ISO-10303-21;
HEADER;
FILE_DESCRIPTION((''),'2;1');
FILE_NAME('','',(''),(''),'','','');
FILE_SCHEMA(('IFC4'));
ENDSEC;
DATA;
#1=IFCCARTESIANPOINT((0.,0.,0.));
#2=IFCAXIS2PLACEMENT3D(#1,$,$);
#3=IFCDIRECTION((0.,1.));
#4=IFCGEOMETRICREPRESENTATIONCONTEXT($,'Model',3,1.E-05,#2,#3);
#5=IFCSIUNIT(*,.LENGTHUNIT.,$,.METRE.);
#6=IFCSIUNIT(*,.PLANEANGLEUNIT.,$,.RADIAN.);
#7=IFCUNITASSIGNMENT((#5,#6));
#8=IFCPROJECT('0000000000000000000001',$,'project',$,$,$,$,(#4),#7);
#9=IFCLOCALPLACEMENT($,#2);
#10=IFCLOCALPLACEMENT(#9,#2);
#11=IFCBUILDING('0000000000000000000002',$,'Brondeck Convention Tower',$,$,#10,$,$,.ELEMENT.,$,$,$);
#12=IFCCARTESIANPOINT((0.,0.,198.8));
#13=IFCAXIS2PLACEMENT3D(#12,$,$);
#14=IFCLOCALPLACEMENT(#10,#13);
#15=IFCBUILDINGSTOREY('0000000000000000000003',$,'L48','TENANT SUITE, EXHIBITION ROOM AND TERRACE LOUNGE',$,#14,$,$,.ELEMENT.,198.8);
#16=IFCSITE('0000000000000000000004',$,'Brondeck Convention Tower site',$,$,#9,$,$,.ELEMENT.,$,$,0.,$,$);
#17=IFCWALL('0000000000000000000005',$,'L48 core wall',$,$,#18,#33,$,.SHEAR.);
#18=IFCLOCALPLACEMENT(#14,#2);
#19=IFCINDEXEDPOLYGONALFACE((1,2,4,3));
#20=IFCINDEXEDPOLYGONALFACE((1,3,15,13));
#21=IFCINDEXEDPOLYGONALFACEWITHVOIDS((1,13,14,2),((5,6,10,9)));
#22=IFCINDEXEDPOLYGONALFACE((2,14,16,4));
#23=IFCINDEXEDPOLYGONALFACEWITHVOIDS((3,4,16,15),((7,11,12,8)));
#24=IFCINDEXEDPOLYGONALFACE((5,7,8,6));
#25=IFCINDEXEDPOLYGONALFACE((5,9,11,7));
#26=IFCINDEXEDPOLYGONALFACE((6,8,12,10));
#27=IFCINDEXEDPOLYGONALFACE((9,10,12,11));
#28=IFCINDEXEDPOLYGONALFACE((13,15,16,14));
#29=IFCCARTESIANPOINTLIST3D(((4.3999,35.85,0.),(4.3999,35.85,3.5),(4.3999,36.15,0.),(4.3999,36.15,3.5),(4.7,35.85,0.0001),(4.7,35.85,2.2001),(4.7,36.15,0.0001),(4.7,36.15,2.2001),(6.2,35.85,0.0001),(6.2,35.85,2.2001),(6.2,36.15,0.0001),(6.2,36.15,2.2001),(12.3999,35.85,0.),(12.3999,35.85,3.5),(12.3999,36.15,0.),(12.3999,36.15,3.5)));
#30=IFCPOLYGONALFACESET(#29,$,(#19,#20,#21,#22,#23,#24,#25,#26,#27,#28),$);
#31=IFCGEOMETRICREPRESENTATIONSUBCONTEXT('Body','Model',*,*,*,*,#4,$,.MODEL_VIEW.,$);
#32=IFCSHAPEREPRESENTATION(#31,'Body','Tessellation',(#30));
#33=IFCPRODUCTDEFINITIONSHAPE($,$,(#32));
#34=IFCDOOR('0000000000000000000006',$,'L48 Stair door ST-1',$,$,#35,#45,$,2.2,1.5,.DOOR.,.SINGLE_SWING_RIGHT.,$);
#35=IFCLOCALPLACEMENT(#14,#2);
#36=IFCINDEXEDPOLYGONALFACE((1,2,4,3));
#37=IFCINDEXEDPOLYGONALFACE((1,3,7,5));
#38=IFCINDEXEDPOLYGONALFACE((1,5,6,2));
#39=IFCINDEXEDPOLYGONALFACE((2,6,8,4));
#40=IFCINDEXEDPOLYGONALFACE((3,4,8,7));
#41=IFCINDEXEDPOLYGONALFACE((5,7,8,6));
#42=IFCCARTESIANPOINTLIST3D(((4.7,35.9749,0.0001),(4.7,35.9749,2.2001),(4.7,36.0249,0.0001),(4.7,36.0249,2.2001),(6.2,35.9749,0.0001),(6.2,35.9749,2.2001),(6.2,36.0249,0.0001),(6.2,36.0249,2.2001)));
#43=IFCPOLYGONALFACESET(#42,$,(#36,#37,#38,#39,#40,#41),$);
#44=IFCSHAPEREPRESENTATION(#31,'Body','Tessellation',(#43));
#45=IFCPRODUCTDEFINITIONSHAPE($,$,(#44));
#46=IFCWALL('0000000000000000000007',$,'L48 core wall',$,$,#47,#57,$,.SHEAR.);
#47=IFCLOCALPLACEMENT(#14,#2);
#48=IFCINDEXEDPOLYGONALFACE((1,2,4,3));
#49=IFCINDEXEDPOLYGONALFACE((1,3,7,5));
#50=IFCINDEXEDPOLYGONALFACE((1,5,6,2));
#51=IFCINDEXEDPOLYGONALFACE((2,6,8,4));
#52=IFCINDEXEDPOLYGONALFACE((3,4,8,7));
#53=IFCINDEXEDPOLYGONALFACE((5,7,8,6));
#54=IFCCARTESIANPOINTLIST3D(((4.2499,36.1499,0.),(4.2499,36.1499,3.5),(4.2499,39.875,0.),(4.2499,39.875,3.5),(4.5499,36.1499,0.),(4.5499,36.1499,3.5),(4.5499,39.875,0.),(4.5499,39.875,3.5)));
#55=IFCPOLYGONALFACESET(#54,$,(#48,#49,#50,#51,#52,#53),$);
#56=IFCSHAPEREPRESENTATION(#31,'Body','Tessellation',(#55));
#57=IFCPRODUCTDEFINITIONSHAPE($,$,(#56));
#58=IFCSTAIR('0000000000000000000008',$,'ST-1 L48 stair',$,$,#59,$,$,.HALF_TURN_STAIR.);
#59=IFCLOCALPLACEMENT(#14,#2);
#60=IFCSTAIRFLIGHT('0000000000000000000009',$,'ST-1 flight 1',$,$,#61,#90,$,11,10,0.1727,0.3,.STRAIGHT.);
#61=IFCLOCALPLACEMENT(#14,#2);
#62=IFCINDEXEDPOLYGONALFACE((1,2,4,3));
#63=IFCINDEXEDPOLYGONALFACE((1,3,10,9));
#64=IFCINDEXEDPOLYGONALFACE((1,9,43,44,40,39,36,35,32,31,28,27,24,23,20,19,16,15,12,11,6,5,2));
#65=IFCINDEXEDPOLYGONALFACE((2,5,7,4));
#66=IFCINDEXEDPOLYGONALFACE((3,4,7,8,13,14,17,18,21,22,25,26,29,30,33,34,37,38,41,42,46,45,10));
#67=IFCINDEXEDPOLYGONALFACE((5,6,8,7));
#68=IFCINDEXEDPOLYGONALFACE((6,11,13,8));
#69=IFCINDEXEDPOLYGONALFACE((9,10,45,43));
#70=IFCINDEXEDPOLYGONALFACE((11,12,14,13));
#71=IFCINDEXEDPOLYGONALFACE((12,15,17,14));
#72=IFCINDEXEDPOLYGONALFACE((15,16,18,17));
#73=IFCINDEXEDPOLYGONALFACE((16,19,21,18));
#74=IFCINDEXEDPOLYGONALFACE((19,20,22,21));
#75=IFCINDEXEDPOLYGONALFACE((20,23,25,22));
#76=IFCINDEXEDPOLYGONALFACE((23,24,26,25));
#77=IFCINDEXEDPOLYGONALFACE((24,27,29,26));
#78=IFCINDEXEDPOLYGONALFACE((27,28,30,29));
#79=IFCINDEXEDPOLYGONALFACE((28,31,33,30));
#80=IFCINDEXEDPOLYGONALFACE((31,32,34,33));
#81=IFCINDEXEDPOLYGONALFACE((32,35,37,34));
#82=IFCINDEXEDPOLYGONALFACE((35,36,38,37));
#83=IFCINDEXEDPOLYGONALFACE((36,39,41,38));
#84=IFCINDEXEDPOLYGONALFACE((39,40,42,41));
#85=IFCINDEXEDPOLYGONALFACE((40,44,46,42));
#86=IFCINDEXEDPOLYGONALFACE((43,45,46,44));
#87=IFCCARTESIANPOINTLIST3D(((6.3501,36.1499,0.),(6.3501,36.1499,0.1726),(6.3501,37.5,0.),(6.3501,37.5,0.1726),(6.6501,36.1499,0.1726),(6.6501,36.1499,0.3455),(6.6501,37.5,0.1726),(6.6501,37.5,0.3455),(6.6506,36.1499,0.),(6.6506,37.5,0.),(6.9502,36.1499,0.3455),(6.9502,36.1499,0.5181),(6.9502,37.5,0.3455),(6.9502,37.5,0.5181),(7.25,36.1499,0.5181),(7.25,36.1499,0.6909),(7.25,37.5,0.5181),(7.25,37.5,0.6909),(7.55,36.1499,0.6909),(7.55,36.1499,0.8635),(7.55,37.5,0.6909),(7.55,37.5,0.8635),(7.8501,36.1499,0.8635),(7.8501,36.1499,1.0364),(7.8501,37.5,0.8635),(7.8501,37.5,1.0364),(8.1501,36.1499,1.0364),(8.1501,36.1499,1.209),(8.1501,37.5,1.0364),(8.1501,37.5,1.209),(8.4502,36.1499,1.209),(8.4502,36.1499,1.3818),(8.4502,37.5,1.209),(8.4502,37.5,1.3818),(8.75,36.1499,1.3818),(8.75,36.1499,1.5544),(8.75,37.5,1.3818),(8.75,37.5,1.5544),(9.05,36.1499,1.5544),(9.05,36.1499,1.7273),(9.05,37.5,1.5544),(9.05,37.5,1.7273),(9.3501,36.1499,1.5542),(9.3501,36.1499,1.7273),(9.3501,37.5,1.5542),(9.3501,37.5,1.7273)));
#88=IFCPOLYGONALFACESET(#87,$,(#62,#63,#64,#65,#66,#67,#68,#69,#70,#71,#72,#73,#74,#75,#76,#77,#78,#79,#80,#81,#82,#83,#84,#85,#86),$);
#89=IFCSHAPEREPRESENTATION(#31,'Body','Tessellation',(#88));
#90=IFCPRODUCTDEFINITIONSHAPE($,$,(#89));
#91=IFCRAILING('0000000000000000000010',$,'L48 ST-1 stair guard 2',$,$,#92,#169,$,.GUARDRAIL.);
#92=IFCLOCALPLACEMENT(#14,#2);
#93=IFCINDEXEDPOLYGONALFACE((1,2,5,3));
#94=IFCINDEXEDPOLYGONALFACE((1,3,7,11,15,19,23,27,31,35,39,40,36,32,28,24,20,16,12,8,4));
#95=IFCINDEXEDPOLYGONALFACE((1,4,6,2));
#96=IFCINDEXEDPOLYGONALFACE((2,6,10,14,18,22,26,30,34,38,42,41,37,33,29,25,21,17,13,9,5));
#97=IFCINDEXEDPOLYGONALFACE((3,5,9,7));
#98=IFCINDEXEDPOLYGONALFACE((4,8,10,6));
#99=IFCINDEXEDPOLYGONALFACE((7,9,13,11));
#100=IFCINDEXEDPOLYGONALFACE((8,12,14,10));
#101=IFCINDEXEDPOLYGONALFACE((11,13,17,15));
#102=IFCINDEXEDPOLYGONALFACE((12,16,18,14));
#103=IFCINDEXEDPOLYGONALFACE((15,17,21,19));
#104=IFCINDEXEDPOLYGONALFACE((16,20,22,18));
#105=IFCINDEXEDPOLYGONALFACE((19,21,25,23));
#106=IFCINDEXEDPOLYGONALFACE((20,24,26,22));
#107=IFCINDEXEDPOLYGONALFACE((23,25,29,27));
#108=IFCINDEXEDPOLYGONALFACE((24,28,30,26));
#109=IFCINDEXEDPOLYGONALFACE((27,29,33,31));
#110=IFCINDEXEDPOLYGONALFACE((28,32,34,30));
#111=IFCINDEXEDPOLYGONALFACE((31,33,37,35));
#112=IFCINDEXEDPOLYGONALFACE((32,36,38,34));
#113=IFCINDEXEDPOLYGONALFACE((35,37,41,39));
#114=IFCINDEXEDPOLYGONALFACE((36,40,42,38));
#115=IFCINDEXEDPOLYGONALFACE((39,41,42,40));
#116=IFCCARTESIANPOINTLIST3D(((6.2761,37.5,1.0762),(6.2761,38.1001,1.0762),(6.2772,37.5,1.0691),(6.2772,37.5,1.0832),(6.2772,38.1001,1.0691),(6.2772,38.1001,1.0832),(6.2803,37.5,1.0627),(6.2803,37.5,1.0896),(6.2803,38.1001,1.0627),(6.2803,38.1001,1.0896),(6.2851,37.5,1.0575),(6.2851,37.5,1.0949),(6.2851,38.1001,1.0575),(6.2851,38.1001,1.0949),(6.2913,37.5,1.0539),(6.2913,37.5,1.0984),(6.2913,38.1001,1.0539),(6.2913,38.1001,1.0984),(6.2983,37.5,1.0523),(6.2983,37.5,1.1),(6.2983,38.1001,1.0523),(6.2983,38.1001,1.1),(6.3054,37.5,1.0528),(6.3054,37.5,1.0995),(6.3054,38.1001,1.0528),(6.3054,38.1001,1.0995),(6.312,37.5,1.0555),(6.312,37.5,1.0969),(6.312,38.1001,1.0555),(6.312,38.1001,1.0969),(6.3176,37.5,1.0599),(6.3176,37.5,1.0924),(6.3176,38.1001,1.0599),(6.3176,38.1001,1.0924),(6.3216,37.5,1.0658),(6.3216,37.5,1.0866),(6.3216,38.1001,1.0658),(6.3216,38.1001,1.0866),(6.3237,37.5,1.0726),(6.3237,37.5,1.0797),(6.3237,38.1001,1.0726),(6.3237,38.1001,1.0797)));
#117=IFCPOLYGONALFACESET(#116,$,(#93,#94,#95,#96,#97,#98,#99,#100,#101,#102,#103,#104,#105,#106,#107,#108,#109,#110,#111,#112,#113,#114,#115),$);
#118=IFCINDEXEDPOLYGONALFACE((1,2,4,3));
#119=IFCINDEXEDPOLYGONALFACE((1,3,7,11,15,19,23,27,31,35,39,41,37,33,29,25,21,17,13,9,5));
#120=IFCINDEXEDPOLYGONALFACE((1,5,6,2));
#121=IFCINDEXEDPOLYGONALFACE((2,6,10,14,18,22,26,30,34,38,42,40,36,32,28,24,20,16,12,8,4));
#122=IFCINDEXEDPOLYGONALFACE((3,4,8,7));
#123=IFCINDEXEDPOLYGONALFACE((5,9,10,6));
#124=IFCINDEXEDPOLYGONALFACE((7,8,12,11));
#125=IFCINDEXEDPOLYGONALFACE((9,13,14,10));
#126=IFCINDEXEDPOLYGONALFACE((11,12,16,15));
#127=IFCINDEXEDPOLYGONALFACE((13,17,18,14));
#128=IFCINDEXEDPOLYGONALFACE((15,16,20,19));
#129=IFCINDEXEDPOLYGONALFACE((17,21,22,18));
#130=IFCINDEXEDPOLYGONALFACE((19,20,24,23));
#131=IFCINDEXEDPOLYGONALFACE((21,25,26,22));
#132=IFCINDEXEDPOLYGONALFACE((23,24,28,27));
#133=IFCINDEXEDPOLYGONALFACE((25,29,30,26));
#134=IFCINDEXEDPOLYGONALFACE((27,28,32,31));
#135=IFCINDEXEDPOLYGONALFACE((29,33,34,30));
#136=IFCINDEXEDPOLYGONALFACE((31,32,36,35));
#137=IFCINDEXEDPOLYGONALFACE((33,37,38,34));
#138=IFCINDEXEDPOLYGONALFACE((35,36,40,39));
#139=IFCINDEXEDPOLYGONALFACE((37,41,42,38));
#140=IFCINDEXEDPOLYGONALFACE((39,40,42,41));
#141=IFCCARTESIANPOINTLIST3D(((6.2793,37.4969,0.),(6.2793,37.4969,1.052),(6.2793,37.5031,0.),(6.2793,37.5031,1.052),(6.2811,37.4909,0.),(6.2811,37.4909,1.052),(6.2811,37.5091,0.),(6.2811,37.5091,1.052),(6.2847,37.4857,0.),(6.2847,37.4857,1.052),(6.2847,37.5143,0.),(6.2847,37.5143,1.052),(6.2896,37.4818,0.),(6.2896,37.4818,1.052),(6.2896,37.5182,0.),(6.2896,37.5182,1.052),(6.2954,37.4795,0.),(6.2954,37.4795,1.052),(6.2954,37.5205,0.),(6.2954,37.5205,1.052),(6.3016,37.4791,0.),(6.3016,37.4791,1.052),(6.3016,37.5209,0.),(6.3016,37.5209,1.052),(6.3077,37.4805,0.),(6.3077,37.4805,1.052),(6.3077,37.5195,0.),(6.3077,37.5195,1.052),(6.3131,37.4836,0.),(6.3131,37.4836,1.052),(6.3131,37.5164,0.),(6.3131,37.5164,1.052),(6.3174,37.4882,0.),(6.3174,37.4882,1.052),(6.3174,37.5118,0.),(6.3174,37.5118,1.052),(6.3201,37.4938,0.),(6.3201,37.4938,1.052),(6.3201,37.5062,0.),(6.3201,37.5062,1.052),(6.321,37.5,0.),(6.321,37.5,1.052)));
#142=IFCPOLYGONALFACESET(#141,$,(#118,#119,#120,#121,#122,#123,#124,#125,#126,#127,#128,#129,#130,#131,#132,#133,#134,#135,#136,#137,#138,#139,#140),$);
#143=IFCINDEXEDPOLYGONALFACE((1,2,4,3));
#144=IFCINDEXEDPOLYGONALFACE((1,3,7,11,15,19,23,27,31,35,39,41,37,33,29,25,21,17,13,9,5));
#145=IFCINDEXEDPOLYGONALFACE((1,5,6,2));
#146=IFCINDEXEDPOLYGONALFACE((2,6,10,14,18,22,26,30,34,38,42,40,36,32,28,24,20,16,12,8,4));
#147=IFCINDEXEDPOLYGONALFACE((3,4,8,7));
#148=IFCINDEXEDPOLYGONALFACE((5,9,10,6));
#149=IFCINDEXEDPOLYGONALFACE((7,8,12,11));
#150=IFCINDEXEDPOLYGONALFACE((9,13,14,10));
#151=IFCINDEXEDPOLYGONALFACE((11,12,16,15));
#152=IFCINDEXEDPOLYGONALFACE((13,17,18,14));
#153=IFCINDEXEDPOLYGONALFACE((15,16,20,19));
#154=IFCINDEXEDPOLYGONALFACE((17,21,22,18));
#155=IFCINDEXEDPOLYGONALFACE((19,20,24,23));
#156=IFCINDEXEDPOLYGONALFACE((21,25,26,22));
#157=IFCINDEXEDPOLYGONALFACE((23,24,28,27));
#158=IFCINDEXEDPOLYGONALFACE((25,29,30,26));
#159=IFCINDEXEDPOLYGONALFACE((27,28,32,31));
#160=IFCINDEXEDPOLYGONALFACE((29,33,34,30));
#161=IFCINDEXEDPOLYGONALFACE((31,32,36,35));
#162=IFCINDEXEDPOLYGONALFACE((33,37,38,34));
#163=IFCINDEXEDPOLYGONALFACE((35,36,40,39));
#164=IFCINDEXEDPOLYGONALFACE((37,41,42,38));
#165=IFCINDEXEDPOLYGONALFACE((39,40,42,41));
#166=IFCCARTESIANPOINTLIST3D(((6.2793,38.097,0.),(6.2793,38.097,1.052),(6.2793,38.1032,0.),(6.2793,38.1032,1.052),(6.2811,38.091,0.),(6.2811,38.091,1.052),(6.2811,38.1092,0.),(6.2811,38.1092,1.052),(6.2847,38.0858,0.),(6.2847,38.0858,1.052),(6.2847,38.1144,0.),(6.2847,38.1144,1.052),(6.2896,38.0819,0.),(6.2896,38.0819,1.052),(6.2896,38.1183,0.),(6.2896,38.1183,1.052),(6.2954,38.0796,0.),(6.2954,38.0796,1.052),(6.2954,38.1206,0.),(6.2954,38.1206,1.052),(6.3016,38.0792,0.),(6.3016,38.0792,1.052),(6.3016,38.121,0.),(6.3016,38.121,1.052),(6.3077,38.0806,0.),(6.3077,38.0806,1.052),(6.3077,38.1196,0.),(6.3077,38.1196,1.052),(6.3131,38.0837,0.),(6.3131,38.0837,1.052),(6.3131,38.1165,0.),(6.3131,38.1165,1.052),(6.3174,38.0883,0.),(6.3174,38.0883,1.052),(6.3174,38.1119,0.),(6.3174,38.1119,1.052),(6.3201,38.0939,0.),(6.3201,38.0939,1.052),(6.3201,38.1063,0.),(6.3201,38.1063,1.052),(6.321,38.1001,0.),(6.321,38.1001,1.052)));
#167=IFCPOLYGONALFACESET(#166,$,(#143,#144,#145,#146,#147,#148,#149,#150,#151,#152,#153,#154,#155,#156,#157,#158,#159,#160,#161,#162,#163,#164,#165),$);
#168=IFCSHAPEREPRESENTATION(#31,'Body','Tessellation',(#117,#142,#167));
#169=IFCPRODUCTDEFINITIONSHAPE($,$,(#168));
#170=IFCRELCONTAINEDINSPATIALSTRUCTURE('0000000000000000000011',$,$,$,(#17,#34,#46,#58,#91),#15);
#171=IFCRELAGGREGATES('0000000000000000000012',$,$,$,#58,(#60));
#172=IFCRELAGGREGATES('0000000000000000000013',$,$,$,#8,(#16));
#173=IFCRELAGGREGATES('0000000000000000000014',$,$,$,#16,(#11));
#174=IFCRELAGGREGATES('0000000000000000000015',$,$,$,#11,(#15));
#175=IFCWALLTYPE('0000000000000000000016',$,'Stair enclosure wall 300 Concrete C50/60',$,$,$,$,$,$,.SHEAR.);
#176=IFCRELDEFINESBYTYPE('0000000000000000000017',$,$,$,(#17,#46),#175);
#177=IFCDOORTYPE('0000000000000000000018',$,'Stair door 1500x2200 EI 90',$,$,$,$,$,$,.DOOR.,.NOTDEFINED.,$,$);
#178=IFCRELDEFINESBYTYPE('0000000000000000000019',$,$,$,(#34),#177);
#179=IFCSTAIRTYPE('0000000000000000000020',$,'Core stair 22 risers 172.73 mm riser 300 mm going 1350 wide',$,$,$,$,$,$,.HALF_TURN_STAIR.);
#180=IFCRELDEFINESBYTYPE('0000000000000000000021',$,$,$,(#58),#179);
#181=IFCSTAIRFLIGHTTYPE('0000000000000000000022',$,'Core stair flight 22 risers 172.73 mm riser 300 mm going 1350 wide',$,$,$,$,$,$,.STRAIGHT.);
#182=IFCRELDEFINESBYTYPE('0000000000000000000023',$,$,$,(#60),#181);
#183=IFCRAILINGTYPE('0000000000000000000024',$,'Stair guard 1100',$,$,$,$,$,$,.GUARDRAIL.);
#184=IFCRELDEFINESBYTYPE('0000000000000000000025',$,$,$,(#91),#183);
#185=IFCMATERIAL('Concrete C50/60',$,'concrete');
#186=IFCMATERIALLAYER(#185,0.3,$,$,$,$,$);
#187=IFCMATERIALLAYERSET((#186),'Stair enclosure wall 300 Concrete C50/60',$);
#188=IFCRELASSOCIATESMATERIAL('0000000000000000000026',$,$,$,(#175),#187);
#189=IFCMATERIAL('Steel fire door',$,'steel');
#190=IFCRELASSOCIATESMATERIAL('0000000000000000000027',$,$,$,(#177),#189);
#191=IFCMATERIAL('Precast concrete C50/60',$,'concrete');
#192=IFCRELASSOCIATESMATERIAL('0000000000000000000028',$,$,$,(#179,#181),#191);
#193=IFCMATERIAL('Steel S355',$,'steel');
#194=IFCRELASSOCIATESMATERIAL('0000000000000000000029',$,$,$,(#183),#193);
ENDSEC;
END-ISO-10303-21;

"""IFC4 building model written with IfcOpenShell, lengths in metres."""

from ifc_helpers import new_model, si_unit, direction, frame, frame_2d, origin, origin_2d, place, context, subcontext, project, spatial, polyline, rectangle, circle, outline, extrude, material, layer, layer_set, type_object, element, fill, aggregate, save


model = new_model("IFC4")

# Units and contexts
model_context = context("Model", 3, precision=1e-05, world=origin(), true_north=direction((0.0, 1.0)))
body_context = subcontext(model_context, "Body", "Model", "MODEL_VIEW")
ifc_project = project(units=[si_unit("LENGTHUNIT", "METRE"), si_unit("PLANEANGLEUNIT", "RADIAN")], contexts=[model_context])

# Site, building, storey
site_placement = place(None, origin())
site = spatial("IfcSite", under=ifc_project, at=site_placement, Name="Brondeck Convention Tower site", CompositionType="ELEMENT", RefElevation=0.0)
building_placement = place(site_placement, origin())
building = spatial("IfcBuilding", under=site, at=building_placement, Name="Brondeck Convention Tower", CompositionType="ELEMENT")
storey_placement = place(building_placement, frame((0.0, 0.0, 198.8)))
storey = spatial("IfcBuildingStorey", under=building, at=storey_placement, Name="L48", Description="TENANT SUITE, EXHIBITION ROOM AND TERRACE LOUNGE", CompositionType="ELEMENT", Elevation=198.8)

# Shared definitions
ifc_material_1 = material(Name="Concrete C50/60", Category="concrete")

# Shared definitions
ifc_material_2 = material(Name="Steel S355", Category="steel")

# Wall, opening, door
ifc_material_3 = material(Name="Steel fire door", Category="steel")
ifc_layer_1 = layer(ifc_material_1, 0.3)
ifc_layer_set_1 = layer_set([ifc_layer_1], Name="Stair enclosure wall 300 Concrete C50/60")
wall_type_1 = type_object("IfcWallType", Name="Stair enclosure wall 300 Concrete C50/60", PredefinedType="SHEAR", material=ifc_layer_set_1)
wall_1_placement = place(storey_placement, frame((4.3999, 36.0, 0.0), z_axis=(0.0, 0.0, 1.0), x_axis=(1.0, 0.0, 0.0)))
wall_1 = element("IfcWall", 1, at=wall_1_placement, inside=storey, type_object=wall_type_1, Name="L48 core wall", PredefinedType="SHEAR", context=body_context, shape_type="SweptSolid", body=[
    extrude(rectangle(XDim=8.0, YDim=0.3, at=frame_2d((4.0, 0.0))), origin(), (0.0, 0.0, 1.0), 3.5),
])
opening_1_placement = place(wall_1_placement, frame((0.3, 0.0, 0.0)))
opening_1 = element("IfcOpeningElement", 2, at=opening_1_placement, cuts=wall_1, PredefinedType="OPENING", context=body_context, shape_type="SweptSolid", body=[
    extrude(rectangle(XDim=1.5, YDim=2.2, at=frame_2d((0.75, 1.1001))), frame((0.0, 0.1599, 0.0), z_axis=(0.0, -1.0, 0.0), x_axis=(1.0, 0.0, 0.0)), (0.0, 0.0, 1.0), 0.3201),
])
door_type_1 = type_object("IfcDoorType", Name="Stair door 1500x2200 EI 90", OperationType="NOTDEFINED", PredefinedType="DOOR", material=ifc_material_3)
door_1_placement = place(opening_1_placement, origin())
door_1 = element("IfcDoor", 3, at=door_1_placement, inside=storey, type_object=door_type_1, Name="L48 Stair door ST-1", OperationType="SINGLE_SWING_RIGHT", OverallHeight=2.2, OverallWidth=1.5, PredefinedType="DOOR", context=body_context, shape_type="SweptSolid", body=[
    extrude(rectangle(XDim=1.5, YDim=2.2, at=frame_2d((0.75, 1.1001))), frame((0.0, 0.0249, 0.0), z_axis=(0.0, -1.0, 0.0), x_axis=(1.0, 0.0, 0.0)), (0.0, 0.0, 1.0), 0.05),
])
fill(opening_1, door_1)

# Wall
wall_2_placement = place(storey_placement, frame((4.3999, 36.1499, 0.0), z_axis=(0.0, 0.0, 1.0), x_axis=(0.0, 1.0, 0.0)))
element("IfcWall", 4, at=wall_2_placement, inside=storey, type_object=wall_type_1, Name="L48 core wall", PredefinedType="SHEAR", context=body_context, shape_type="SweptSolid", body=[
    extrude(rectangle(XDim=3.7251, YDim=0.3, at=frame_2d((1.8625, 0.0))), origin(), (0.0, 0.0, 1.0), 3.5),
])

# Stair, stair flight
ifc_material_4 = material(Name="Precast concrete C50/60", Category="concrete")
stair_type = type_object("IfcStairType", Name="Core stair 22 risers 172.73 mm riser 300 mm going 1350 wide", PredefinedType="HALF_TURN_STAIR", material=ifc_material_4)
stair_placement = place(storey_placement, origin())
stair = element("IfcStair", 5, at=stair_placement, inside=storey, type_object=stair_type, Name="ST-1 L48 stair", PredefinedType="HALF_TURN_STAIR")
stair_flight_type = type_object("IfcStairFlightType", Name="Core stair flight 22 risers 172.73 mm riser 300 mm going 1350 wide", PredefinedType="STRAIGHT", material=ifc_material_4)
stair_flight_placement = place(storey_placement, frame((6.3501, 36.825, 0.0), z_axis=(0.0, 0.0, 1.0), x_axis=(1.0, 0.0, 0.0)))
stair_flight = element("IfcStairFlight", 6, at=stair_flight_placement, type_object=stair_flight_type, Name="ST-1 flight 1", NumberOfRisers=11, NumberOfTreads=10, PredefinedType="STRAIGHT", RiserHeight=0.1727, TreadLength=0.3, context=body_context, shape_type="SweptSolid", body=[
    extrude(outline(polyline([(0.0, 0.0), (0.0, 0.1726), (0.3, 0.1726), (0.3, 0.3455), (0.6001, 0.3455), (0.6001, 0.5181), (0.8999, 0.5181), (0.8999, 0.6909), (1.2, 0.6909), (1.2, 0.8635), (1.5, 0.8635), (1.5, 1.0364), (1.8, 1.0364), (1.8, 1.209), (2.1001, 1.209), (2.1001, 1.3818), (2.3999, 1.3818), (2.3999, 1.5544), (2.7, 1.5544), (2.7, 1.7273), (3.0, 1.7273), (3.0, 1.8999), (3.0, 1.5542), (0.3005, 0.0), (0.0, 0.0)])), frame((0.0, 0.675, 0.0), z_axis=(0.0, -1.0, 0.0), x_axis=(1.0, 0.0, 0.0)), (0.0, 0.0, 1.0), 1.3501),
])
aggregate(stair, [stair_flight])

# Railing
railing_type_1 = type_object("IfcRailingType", Name="Stair guard 1100", PredefinedType="GUARDRAIL", material=ifc_material_2)
railing_1_placement = place(storey_placement, frame((6.3, 37.5, 0.0)))
element("IfcRailing", 7, at=railing_1_placement, inside=storey, type_object=railing_type_1, Name="L48 ST-1 stair guard 2", PredefinedType="GUARDRAIL", context=body_context, shape_type="SweptSolid", body=[
    extrude(circle(Radius=0.0239, at=origin_2d()), frame((0.0, 0.0, 1.0762), z_axis=(0.0, 1.0, 0.0), x_axis=(-1.0, 0.0, 0.0)), (0.0, 0.0, 1.0), 0.6001),
    extrude(circle(Radius=0.021, at=origin_2d()), origin(), (0.0, 0.0, 1.0), 1.052),
    extrude(circle(Radius=0.021, at=origin_2d()), frame((0.0, 0.6001, 0.0)), (0.0, 0.0, 1.0), 1.052),
])

save(model, "model.ifc")
